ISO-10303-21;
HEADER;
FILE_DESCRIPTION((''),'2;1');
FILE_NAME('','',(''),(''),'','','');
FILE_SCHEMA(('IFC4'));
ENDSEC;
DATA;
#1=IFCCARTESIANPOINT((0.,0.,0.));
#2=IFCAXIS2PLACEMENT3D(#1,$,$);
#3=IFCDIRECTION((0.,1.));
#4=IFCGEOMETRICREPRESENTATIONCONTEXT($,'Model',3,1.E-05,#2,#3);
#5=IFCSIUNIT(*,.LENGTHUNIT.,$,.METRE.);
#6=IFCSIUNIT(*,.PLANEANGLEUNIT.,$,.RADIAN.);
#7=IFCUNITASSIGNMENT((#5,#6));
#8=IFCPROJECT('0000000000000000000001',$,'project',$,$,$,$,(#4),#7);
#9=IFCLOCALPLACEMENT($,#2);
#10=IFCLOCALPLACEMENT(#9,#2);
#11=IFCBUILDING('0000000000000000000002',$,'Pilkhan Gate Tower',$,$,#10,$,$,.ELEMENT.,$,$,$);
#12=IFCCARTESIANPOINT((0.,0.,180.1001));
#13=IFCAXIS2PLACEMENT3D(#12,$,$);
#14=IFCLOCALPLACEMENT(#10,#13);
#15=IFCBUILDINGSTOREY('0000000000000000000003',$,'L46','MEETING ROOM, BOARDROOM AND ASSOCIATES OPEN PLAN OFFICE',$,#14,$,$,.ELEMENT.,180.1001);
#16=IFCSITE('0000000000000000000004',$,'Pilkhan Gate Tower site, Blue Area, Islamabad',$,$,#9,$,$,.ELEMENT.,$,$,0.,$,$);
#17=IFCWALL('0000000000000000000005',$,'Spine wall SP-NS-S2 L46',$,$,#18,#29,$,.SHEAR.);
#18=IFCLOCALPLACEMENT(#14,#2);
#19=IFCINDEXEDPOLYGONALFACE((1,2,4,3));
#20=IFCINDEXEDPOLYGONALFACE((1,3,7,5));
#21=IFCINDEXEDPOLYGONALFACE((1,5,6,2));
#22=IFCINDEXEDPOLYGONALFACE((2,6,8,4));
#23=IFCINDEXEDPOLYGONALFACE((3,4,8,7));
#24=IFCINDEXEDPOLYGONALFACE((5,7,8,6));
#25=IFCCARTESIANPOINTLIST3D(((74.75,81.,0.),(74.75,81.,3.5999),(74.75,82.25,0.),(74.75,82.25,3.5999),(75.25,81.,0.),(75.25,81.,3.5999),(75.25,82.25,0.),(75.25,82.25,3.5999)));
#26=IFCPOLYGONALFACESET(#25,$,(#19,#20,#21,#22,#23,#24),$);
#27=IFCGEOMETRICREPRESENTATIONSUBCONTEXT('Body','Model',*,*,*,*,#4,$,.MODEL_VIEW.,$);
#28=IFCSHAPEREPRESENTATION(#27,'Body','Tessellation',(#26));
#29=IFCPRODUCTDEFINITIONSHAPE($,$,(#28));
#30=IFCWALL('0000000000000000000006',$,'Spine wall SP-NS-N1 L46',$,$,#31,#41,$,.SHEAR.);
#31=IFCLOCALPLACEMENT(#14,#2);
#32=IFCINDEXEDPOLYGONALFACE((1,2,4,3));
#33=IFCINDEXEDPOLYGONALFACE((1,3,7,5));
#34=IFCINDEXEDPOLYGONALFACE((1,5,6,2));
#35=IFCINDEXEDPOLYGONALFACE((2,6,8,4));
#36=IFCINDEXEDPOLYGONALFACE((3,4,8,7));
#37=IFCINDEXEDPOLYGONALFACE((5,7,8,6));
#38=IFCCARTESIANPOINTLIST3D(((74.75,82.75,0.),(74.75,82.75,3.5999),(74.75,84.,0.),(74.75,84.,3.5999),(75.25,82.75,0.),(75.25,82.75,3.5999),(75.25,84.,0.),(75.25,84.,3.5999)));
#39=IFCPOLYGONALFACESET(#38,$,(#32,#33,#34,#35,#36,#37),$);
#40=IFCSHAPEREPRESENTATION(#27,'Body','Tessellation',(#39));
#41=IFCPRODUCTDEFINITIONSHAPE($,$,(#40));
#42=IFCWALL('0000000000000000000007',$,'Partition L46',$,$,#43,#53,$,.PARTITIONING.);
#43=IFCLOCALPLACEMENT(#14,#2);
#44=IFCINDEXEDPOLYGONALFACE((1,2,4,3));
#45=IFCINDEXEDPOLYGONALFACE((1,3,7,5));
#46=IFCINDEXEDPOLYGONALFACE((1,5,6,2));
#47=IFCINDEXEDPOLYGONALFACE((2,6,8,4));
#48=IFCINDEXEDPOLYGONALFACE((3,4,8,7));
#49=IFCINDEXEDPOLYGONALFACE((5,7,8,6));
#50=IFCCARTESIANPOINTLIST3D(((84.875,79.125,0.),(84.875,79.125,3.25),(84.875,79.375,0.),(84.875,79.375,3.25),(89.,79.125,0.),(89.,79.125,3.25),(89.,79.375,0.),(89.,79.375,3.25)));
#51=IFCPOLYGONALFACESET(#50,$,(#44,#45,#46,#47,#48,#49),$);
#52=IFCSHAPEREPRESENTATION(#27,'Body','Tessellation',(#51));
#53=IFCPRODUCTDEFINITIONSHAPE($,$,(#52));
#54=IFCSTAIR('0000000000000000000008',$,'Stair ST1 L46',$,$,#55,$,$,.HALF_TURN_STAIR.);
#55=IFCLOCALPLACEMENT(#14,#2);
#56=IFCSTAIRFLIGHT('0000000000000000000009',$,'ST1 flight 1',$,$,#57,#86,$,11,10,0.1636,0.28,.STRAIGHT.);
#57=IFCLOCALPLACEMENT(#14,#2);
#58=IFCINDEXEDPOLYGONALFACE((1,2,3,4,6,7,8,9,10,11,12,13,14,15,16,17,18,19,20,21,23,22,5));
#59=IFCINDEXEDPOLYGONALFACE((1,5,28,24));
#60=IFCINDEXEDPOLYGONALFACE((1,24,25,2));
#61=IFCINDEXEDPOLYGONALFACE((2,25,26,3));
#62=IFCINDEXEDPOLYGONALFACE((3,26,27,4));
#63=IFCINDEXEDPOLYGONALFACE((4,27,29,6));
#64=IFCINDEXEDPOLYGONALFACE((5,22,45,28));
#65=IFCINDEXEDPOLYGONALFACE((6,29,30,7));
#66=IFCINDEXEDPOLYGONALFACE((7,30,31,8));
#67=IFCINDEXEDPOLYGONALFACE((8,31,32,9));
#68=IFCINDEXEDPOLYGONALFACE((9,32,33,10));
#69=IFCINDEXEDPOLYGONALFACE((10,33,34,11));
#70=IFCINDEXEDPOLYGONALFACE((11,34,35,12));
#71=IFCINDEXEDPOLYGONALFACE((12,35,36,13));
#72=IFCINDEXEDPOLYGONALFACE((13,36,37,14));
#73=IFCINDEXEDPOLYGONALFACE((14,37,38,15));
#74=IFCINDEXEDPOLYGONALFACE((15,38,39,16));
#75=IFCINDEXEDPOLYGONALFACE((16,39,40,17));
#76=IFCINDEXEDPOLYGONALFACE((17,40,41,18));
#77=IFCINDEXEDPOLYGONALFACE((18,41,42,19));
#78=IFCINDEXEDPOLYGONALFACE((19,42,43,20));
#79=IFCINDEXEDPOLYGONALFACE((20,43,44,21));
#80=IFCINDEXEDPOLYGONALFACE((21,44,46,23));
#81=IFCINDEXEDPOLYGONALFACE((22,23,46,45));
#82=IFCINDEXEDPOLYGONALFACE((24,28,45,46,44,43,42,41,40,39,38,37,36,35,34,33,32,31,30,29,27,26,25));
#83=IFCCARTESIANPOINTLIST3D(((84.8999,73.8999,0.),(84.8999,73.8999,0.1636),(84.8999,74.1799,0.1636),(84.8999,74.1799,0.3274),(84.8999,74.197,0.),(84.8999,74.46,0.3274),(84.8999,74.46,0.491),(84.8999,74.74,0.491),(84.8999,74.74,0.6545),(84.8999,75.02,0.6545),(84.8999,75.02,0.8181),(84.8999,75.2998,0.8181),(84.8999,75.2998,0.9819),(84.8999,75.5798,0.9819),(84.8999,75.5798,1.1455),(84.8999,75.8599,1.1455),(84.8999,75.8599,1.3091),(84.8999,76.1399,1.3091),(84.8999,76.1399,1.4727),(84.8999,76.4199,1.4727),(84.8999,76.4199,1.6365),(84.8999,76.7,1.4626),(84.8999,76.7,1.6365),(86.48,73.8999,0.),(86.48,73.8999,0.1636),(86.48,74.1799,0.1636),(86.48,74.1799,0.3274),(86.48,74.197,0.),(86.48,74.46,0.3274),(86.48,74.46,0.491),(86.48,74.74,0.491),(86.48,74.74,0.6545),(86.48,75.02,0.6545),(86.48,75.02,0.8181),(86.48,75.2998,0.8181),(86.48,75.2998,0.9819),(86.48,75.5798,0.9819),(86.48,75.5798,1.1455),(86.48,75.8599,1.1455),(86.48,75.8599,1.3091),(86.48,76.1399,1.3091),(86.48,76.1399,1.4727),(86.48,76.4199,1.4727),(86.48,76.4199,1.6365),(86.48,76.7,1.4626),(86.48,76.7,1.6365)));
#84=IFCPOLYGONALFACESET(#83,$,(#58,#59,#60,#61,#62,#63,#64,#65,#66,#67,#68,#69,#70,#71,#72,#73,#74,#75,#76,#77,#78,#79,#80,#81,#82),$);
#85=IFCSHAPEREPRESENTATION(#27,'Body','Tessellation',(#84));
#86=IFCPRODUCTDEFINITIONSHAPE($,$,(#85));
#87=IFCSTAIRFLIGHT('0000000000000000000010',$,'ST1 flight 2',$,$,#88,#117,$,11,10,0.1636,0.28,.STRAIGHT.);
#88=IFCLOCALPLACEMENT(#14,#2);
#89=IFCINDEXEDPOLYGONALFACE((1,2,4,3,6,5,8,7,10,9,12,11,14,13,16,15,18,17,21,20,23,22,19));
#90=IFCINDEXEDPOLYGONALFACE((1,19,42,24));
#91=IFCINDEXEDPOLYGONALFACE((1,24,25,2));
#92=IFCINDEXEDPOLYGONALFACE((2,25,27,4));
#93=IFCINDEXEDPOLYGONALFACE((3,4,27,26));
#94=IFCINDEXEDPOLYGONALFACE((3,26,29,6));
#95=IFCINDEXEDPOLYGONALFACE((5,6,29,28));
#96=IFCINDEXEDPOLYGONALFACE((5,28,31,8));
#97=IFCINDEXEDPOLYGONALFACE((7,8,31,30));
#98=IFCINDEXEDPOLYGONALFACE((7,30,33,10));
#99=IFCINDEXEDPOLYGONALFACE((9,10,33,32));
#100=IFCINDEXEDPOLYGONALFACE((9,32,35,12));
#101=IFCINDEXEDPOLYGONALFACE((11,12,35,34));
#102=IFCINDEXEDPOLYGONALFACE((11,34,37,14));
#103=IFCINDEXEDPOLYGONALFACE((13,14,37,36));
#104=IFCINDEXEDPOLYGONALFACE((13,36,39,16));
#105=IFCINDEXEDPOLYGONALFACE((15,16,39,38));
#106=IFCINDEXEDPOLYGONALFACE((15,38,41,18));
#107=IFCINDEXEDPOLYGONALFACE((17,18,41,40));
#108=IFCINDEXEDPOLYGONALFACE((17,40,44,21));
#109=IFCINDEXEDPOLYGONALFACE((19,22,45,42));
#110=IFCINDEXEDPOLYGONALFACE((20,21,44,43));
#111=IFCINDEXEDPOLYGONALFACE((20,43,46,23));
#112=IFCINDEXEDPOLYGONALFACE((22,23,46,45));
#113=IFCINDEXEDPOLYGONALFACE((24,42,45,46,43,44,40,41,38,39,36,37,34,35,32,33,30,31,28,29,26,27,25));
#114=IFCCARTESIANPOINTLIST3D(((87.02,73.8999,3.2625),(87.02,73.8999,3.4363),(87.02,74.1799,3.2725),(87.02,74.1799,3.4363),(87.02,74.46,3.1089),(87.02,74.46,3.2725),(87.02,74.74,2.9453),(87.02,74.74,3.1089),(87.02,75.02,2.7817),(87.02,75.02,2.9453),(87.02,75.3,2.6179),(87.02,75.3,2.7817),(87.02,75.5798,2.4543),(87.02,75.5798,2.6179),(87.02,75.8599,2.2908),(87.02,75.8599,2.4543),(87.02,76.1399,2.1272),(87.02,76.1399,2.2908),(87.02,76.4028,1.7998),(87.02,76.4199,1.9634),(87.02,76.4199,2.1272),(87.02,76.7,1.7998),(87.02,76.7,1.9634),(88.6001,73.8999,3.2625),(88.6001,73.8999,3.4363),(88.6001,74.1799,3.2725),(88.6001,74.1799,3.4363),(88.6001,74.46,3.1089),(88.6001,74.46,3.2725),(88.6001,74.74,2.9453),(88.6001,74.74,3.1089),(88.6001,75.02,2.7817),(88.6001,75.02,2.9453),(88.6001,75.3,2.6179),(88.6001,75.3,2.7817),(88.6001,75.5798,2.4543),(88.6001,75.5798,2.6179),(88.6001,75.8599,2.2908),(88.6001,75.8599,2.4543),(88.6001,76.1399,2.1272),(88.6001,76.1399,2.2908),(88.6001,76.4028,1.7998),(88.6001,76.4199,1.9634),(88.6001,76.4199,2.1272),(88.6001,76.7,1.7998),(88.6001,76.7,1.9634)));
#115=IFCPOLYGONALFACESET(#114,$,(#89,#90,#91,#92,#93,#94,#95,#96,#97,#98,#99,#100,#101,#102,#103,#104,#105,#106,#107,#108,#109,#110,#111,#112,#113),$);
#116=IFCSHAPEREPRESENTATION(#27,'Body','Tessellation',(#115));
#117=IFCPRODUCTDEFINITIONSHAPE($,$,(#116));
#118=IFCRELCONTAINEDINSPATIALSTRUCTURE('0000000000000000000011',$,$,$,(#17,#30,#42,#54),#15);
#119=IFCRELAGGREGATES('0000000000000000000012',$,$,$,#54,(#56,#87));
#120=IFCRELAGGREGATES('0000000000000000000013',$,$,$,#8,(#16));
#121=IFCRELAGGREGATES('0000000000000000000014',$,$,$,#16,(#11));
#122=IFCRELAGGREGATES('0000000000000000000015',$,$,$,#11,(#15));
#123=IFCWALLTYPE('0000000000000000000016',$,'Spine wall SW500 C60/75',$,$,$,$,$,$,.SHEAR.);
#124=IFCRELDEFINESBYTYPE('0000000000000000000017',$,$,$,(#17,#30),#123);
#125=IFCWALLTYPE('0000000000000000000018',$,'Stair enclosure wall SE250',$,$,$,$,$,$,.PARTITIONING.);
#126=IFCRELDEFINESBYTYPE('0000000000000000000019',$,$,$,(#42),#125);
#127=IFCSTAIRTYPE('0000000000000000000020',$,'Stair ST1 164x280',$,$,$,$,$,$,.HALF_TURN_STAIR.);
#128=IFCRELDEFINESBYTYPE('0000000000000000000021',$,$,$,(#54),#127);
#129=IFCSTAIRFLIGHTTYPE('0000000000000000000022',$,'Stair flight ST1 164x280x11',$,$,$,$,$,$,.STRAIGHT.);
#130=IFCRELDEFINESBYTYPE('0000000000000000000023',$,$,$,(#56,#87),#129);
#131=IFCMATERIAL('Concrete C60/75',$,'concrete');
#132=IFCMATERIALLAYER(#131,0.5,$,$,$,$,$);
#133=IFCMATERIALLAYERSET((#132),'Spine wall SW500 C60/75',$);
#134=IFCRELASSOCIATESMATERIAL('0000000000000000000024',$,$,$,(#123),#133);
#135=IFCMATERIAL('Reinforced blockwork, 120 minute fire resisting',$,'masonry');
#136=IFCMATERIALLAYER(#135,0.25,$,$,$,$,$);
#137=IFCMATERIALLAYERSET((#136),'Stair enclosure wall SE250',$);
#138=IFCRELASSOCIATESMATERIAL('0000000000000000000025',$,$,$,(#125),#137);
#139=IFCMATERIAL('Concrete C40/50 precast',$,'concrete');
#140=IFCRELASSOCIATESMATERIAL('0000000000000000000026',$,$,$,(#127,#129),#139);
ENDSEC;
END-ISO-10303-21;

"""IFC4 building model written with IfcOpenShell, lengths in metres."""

from ifc_helpers import new_model, si_unit, direction, frame, frame_2d, origin, place, context, subcontext, project, spatial, polyline, rectangle, outline, extrude, material, layer, layer_set, type_object, element, aggregate, save


model = new_model("IFC4")

# Units and contexts
model_context = context("Model", 3, precision=1e-05, world=origin(), true_north=direction((0.0, 1.0)))
body_context = subcontext(model_context, "Body", "Model", "MODEL_VIEW")
ifc_project = project(units=[si_unit("LENGTHUNIT", "METRE"), si_unit("PLANEANGLEUNIT", "RADIAN")], contexts=[model_context])

# Site, building, storey
site_placement = place(None, origin())
site = spatial("IfcSite", under=ifc_project, at=site_placement, Name="Pilkhan Gate Tower site, Blue Area, Islamabad", CompositionType="ELEMENT", RefElevation=0.0)
building_placement = place(site_placement, origin())
building = spatial("IfcBuilding", under=site, at=building_placement, Name="Pilkhan Gate Tower", CompositionType="ELEMENT")
storey_placement = place(building_placement, frame((0.0, 0.0, 180.1001)))
storey = spatial("IfcBuildingStorey", under=building, at=storey_placement, Name="L46", Description="MEETING ROOM, BOARDROOM AND ASSOCIATES OPEN PLAN OFFICE", CompositionType="ELEMENT", Elevation=180.1001)

# Shared definitions
ifc_material_1 = material(Name="Concrete C60/75", Category="concrete")

# Walls
ifc_layer_1 = layer(ifc_material_1, 0.5)
ifc_layer_set_1 = layer_set([ifc_layer_1], Name="Spine wall SW500 C60/75")
wall_type_1 = type_object("IfcWallType", Name="Spine wall SW500 C60/75", PredefinedType="SHEAR", material=ifc_layer_set_1)
for number, where, z_axis, x_axis, name in (
    (1, (75.0, 81.0, 0.0), (0.0, 0.0, 1.0), (0.0, 1.0, 0.0), "Spine wall SP-NS-S2 L46"),
    (2, (75.0, 82.75, 0.0), (0.0, 0.0, 1.0), (0.0, 1.0, 0.0), "Spine wall SP-NS-N1 L46"),
):
    element("IfcWall", number, at=place(storey_placement, frame(where, z_axis=z_axis, x_axis=x_axis)), inside=storey, type_object=wall_type_1, Name=name, PredefinedType="SHEAR", context=body_context, shape_type="SweptSolid", body=[
        extrude(rectangle(XDim=1.25, YDim=0.5, at=frame_2d((0.625, 0.0))), origin(), (0.0, 0.0, 1.0), 3.5999),
    ])
ifc_material_2 = material(Name="Reinforced blockwork, 120 minute fire resisting", Category="masonry")
ifc_layer_2 = layer(ifc_material_2, 0.25)
ifc_layer_set_2 = layer_set([ifc_layer_2], Name="Stair enclosure wall SE250")
wall_type_2 = type_object("IfcWallType", Name="Stair enclosure wall SE250", PredefinedType="PARTITIONING", material=ifc_layer_set_2)
wall_1_placement = place(storey_placement, frame((84.875, 79.25, 0.0), z_axis=(0.0, 0.0, 1.0), x_axis=(1.0, 0.0, 0.0)))
element("IfcWall", 3, at=wall_1_placement, inside=storey, type_object=wall_type_2, Name="Partition L46", PredefinedType="PARTITIONING", context=body_context, shape_type="SweptSolid", body=[
    extrude(rectangle(XDim=4.125, YDim=0.25, at=frame_2d((2.0625, 0.0))), origin(), (0.0, 0.0, 1.0), 3.25),
])

# Stair, stair flights
ifc_material_3 = material(Name="Concrete C40/50 precast", Category="concrete")
stair_type = type_object("IfcStairType", Name="Stair ST1 164x280", PredefinedType="HALF_TURN_STAIR", material=ifc_material_3)
stair_placement = place(storey_placement, origin())
stair = element("IfcStair", 4, at=stair_placement, inside=storey, type_object=stair_type, Name="Stair ST1 L46", PredefinedType="HALF_TURN_STAIR")
stair_flight_type = type_object("IfcStairFlightType", Name="Stair flight ST1 164x280x11", PredefinedType="STRAIGHT", material=ifc_material_3)
stair_flight_1_placement = place(storey_placement, frame((85.6899, 73.8999, 0.0), z_axis=(0.0, 0.0, 1.0), x_axis=(0.0, 1.0, 0.0)))
stair_flight_1 = element("IfcStairFlight", 5, at=stair_flight_1_placement, type_object=stair_flight_type, Name="ST1 flight 1", NumberOfRisers=11, NumberOfTreads=10, PredefinedType="STRAIGHT", RiserHeight=0.1636, TreadLength=0.28, context=body_context, shape_type="SweptSolid", body=[
    extrude(outline(polyline([(0.0, 0.0), (0.0, 0.1636), (0.28, 0.1636), (0.28, 0.3274), (0.5601, 0.3274), (0.5601, 0.491), (0.8401, 0.491), (0.8401, 0.6545), (1.1201, 0.6545), (1.1201, 0.8181), (1.3999, 0.8181), (1.3999, 0.9819), (1.6799, 0.9819), (1.6799, 1.1455), (1.96, 1.1455), (1.96, 1.3091), (2.24, 1.3091), (2.24, 1.4727), (2.52, 1.4727), (2.52, 1.6365), (2.8, 1.6365), (2.8, 1.8), (2.8, 1.4626), (0.2971, 0.0), (0.0, 0.0)])), frame((0.0, 0.79, 0.0), z_axis=(0.0, -1.0, 0.0), x_axis=(1.0, 0.0, 0.0)), (0.0, 0.0, 1.0), 1.5801),
])
stair_flight_2_placement = place(storey_placement, frame((87.8101, 76.7, 1.7998), z_axis=(0.0, 0.0, 1.0), x_axis=(0.0, -1.0, 0.0)))
stair_flight_2 = element("IfcStairFlight", 6, at=stair_flight_2_placement, type_object=stair_flight_type, Name="ST1 flight 2", NumberOfRisers=11, NumberOfTreads=10, PredefinedType="STRAIGHT", RiserHeight=0.1636, TreadLength=0.28, context=body_context, shape_type="SweptSolid", body=[
    extrude(outline(polyline([(0.0, 0.0), (0.0, 0.1636), (0.28, 0.1636), (0.28, 0.3274), (0.5601, 0.3274), (0.5601, 0.491), (0.8401, 0.491), (0.8401, 0.6545), (1.1201, 0.6545), (1.1201, 0.8181), (1.3999, 0.8181), (1.3999, 0.9819), (1.6799, 0.9819), (1.6799, 1.1455), (1.96, 1.1455), (1.96, 1.3091), (2.24, 1.3091), (2.24, 1.4727), (2.52, 1.4727), (2.52, 1.6365), (2.8, 1.6365), (2.8, 1.8), (2.8, 1.4626), (0.2971, 0.0), (0.0, 0.0)])), frame((0.0, 0.79, 0.0), z_axis=(0.0, -1.0, 0.0), x_axis=(1.0, 0.0, 0.0)), (0.0, 0.0, 1.0), 1.5801),
])
aggregate(stair, [stair_flight_1, stair_flight_2])

save(model, "model.ifc")
